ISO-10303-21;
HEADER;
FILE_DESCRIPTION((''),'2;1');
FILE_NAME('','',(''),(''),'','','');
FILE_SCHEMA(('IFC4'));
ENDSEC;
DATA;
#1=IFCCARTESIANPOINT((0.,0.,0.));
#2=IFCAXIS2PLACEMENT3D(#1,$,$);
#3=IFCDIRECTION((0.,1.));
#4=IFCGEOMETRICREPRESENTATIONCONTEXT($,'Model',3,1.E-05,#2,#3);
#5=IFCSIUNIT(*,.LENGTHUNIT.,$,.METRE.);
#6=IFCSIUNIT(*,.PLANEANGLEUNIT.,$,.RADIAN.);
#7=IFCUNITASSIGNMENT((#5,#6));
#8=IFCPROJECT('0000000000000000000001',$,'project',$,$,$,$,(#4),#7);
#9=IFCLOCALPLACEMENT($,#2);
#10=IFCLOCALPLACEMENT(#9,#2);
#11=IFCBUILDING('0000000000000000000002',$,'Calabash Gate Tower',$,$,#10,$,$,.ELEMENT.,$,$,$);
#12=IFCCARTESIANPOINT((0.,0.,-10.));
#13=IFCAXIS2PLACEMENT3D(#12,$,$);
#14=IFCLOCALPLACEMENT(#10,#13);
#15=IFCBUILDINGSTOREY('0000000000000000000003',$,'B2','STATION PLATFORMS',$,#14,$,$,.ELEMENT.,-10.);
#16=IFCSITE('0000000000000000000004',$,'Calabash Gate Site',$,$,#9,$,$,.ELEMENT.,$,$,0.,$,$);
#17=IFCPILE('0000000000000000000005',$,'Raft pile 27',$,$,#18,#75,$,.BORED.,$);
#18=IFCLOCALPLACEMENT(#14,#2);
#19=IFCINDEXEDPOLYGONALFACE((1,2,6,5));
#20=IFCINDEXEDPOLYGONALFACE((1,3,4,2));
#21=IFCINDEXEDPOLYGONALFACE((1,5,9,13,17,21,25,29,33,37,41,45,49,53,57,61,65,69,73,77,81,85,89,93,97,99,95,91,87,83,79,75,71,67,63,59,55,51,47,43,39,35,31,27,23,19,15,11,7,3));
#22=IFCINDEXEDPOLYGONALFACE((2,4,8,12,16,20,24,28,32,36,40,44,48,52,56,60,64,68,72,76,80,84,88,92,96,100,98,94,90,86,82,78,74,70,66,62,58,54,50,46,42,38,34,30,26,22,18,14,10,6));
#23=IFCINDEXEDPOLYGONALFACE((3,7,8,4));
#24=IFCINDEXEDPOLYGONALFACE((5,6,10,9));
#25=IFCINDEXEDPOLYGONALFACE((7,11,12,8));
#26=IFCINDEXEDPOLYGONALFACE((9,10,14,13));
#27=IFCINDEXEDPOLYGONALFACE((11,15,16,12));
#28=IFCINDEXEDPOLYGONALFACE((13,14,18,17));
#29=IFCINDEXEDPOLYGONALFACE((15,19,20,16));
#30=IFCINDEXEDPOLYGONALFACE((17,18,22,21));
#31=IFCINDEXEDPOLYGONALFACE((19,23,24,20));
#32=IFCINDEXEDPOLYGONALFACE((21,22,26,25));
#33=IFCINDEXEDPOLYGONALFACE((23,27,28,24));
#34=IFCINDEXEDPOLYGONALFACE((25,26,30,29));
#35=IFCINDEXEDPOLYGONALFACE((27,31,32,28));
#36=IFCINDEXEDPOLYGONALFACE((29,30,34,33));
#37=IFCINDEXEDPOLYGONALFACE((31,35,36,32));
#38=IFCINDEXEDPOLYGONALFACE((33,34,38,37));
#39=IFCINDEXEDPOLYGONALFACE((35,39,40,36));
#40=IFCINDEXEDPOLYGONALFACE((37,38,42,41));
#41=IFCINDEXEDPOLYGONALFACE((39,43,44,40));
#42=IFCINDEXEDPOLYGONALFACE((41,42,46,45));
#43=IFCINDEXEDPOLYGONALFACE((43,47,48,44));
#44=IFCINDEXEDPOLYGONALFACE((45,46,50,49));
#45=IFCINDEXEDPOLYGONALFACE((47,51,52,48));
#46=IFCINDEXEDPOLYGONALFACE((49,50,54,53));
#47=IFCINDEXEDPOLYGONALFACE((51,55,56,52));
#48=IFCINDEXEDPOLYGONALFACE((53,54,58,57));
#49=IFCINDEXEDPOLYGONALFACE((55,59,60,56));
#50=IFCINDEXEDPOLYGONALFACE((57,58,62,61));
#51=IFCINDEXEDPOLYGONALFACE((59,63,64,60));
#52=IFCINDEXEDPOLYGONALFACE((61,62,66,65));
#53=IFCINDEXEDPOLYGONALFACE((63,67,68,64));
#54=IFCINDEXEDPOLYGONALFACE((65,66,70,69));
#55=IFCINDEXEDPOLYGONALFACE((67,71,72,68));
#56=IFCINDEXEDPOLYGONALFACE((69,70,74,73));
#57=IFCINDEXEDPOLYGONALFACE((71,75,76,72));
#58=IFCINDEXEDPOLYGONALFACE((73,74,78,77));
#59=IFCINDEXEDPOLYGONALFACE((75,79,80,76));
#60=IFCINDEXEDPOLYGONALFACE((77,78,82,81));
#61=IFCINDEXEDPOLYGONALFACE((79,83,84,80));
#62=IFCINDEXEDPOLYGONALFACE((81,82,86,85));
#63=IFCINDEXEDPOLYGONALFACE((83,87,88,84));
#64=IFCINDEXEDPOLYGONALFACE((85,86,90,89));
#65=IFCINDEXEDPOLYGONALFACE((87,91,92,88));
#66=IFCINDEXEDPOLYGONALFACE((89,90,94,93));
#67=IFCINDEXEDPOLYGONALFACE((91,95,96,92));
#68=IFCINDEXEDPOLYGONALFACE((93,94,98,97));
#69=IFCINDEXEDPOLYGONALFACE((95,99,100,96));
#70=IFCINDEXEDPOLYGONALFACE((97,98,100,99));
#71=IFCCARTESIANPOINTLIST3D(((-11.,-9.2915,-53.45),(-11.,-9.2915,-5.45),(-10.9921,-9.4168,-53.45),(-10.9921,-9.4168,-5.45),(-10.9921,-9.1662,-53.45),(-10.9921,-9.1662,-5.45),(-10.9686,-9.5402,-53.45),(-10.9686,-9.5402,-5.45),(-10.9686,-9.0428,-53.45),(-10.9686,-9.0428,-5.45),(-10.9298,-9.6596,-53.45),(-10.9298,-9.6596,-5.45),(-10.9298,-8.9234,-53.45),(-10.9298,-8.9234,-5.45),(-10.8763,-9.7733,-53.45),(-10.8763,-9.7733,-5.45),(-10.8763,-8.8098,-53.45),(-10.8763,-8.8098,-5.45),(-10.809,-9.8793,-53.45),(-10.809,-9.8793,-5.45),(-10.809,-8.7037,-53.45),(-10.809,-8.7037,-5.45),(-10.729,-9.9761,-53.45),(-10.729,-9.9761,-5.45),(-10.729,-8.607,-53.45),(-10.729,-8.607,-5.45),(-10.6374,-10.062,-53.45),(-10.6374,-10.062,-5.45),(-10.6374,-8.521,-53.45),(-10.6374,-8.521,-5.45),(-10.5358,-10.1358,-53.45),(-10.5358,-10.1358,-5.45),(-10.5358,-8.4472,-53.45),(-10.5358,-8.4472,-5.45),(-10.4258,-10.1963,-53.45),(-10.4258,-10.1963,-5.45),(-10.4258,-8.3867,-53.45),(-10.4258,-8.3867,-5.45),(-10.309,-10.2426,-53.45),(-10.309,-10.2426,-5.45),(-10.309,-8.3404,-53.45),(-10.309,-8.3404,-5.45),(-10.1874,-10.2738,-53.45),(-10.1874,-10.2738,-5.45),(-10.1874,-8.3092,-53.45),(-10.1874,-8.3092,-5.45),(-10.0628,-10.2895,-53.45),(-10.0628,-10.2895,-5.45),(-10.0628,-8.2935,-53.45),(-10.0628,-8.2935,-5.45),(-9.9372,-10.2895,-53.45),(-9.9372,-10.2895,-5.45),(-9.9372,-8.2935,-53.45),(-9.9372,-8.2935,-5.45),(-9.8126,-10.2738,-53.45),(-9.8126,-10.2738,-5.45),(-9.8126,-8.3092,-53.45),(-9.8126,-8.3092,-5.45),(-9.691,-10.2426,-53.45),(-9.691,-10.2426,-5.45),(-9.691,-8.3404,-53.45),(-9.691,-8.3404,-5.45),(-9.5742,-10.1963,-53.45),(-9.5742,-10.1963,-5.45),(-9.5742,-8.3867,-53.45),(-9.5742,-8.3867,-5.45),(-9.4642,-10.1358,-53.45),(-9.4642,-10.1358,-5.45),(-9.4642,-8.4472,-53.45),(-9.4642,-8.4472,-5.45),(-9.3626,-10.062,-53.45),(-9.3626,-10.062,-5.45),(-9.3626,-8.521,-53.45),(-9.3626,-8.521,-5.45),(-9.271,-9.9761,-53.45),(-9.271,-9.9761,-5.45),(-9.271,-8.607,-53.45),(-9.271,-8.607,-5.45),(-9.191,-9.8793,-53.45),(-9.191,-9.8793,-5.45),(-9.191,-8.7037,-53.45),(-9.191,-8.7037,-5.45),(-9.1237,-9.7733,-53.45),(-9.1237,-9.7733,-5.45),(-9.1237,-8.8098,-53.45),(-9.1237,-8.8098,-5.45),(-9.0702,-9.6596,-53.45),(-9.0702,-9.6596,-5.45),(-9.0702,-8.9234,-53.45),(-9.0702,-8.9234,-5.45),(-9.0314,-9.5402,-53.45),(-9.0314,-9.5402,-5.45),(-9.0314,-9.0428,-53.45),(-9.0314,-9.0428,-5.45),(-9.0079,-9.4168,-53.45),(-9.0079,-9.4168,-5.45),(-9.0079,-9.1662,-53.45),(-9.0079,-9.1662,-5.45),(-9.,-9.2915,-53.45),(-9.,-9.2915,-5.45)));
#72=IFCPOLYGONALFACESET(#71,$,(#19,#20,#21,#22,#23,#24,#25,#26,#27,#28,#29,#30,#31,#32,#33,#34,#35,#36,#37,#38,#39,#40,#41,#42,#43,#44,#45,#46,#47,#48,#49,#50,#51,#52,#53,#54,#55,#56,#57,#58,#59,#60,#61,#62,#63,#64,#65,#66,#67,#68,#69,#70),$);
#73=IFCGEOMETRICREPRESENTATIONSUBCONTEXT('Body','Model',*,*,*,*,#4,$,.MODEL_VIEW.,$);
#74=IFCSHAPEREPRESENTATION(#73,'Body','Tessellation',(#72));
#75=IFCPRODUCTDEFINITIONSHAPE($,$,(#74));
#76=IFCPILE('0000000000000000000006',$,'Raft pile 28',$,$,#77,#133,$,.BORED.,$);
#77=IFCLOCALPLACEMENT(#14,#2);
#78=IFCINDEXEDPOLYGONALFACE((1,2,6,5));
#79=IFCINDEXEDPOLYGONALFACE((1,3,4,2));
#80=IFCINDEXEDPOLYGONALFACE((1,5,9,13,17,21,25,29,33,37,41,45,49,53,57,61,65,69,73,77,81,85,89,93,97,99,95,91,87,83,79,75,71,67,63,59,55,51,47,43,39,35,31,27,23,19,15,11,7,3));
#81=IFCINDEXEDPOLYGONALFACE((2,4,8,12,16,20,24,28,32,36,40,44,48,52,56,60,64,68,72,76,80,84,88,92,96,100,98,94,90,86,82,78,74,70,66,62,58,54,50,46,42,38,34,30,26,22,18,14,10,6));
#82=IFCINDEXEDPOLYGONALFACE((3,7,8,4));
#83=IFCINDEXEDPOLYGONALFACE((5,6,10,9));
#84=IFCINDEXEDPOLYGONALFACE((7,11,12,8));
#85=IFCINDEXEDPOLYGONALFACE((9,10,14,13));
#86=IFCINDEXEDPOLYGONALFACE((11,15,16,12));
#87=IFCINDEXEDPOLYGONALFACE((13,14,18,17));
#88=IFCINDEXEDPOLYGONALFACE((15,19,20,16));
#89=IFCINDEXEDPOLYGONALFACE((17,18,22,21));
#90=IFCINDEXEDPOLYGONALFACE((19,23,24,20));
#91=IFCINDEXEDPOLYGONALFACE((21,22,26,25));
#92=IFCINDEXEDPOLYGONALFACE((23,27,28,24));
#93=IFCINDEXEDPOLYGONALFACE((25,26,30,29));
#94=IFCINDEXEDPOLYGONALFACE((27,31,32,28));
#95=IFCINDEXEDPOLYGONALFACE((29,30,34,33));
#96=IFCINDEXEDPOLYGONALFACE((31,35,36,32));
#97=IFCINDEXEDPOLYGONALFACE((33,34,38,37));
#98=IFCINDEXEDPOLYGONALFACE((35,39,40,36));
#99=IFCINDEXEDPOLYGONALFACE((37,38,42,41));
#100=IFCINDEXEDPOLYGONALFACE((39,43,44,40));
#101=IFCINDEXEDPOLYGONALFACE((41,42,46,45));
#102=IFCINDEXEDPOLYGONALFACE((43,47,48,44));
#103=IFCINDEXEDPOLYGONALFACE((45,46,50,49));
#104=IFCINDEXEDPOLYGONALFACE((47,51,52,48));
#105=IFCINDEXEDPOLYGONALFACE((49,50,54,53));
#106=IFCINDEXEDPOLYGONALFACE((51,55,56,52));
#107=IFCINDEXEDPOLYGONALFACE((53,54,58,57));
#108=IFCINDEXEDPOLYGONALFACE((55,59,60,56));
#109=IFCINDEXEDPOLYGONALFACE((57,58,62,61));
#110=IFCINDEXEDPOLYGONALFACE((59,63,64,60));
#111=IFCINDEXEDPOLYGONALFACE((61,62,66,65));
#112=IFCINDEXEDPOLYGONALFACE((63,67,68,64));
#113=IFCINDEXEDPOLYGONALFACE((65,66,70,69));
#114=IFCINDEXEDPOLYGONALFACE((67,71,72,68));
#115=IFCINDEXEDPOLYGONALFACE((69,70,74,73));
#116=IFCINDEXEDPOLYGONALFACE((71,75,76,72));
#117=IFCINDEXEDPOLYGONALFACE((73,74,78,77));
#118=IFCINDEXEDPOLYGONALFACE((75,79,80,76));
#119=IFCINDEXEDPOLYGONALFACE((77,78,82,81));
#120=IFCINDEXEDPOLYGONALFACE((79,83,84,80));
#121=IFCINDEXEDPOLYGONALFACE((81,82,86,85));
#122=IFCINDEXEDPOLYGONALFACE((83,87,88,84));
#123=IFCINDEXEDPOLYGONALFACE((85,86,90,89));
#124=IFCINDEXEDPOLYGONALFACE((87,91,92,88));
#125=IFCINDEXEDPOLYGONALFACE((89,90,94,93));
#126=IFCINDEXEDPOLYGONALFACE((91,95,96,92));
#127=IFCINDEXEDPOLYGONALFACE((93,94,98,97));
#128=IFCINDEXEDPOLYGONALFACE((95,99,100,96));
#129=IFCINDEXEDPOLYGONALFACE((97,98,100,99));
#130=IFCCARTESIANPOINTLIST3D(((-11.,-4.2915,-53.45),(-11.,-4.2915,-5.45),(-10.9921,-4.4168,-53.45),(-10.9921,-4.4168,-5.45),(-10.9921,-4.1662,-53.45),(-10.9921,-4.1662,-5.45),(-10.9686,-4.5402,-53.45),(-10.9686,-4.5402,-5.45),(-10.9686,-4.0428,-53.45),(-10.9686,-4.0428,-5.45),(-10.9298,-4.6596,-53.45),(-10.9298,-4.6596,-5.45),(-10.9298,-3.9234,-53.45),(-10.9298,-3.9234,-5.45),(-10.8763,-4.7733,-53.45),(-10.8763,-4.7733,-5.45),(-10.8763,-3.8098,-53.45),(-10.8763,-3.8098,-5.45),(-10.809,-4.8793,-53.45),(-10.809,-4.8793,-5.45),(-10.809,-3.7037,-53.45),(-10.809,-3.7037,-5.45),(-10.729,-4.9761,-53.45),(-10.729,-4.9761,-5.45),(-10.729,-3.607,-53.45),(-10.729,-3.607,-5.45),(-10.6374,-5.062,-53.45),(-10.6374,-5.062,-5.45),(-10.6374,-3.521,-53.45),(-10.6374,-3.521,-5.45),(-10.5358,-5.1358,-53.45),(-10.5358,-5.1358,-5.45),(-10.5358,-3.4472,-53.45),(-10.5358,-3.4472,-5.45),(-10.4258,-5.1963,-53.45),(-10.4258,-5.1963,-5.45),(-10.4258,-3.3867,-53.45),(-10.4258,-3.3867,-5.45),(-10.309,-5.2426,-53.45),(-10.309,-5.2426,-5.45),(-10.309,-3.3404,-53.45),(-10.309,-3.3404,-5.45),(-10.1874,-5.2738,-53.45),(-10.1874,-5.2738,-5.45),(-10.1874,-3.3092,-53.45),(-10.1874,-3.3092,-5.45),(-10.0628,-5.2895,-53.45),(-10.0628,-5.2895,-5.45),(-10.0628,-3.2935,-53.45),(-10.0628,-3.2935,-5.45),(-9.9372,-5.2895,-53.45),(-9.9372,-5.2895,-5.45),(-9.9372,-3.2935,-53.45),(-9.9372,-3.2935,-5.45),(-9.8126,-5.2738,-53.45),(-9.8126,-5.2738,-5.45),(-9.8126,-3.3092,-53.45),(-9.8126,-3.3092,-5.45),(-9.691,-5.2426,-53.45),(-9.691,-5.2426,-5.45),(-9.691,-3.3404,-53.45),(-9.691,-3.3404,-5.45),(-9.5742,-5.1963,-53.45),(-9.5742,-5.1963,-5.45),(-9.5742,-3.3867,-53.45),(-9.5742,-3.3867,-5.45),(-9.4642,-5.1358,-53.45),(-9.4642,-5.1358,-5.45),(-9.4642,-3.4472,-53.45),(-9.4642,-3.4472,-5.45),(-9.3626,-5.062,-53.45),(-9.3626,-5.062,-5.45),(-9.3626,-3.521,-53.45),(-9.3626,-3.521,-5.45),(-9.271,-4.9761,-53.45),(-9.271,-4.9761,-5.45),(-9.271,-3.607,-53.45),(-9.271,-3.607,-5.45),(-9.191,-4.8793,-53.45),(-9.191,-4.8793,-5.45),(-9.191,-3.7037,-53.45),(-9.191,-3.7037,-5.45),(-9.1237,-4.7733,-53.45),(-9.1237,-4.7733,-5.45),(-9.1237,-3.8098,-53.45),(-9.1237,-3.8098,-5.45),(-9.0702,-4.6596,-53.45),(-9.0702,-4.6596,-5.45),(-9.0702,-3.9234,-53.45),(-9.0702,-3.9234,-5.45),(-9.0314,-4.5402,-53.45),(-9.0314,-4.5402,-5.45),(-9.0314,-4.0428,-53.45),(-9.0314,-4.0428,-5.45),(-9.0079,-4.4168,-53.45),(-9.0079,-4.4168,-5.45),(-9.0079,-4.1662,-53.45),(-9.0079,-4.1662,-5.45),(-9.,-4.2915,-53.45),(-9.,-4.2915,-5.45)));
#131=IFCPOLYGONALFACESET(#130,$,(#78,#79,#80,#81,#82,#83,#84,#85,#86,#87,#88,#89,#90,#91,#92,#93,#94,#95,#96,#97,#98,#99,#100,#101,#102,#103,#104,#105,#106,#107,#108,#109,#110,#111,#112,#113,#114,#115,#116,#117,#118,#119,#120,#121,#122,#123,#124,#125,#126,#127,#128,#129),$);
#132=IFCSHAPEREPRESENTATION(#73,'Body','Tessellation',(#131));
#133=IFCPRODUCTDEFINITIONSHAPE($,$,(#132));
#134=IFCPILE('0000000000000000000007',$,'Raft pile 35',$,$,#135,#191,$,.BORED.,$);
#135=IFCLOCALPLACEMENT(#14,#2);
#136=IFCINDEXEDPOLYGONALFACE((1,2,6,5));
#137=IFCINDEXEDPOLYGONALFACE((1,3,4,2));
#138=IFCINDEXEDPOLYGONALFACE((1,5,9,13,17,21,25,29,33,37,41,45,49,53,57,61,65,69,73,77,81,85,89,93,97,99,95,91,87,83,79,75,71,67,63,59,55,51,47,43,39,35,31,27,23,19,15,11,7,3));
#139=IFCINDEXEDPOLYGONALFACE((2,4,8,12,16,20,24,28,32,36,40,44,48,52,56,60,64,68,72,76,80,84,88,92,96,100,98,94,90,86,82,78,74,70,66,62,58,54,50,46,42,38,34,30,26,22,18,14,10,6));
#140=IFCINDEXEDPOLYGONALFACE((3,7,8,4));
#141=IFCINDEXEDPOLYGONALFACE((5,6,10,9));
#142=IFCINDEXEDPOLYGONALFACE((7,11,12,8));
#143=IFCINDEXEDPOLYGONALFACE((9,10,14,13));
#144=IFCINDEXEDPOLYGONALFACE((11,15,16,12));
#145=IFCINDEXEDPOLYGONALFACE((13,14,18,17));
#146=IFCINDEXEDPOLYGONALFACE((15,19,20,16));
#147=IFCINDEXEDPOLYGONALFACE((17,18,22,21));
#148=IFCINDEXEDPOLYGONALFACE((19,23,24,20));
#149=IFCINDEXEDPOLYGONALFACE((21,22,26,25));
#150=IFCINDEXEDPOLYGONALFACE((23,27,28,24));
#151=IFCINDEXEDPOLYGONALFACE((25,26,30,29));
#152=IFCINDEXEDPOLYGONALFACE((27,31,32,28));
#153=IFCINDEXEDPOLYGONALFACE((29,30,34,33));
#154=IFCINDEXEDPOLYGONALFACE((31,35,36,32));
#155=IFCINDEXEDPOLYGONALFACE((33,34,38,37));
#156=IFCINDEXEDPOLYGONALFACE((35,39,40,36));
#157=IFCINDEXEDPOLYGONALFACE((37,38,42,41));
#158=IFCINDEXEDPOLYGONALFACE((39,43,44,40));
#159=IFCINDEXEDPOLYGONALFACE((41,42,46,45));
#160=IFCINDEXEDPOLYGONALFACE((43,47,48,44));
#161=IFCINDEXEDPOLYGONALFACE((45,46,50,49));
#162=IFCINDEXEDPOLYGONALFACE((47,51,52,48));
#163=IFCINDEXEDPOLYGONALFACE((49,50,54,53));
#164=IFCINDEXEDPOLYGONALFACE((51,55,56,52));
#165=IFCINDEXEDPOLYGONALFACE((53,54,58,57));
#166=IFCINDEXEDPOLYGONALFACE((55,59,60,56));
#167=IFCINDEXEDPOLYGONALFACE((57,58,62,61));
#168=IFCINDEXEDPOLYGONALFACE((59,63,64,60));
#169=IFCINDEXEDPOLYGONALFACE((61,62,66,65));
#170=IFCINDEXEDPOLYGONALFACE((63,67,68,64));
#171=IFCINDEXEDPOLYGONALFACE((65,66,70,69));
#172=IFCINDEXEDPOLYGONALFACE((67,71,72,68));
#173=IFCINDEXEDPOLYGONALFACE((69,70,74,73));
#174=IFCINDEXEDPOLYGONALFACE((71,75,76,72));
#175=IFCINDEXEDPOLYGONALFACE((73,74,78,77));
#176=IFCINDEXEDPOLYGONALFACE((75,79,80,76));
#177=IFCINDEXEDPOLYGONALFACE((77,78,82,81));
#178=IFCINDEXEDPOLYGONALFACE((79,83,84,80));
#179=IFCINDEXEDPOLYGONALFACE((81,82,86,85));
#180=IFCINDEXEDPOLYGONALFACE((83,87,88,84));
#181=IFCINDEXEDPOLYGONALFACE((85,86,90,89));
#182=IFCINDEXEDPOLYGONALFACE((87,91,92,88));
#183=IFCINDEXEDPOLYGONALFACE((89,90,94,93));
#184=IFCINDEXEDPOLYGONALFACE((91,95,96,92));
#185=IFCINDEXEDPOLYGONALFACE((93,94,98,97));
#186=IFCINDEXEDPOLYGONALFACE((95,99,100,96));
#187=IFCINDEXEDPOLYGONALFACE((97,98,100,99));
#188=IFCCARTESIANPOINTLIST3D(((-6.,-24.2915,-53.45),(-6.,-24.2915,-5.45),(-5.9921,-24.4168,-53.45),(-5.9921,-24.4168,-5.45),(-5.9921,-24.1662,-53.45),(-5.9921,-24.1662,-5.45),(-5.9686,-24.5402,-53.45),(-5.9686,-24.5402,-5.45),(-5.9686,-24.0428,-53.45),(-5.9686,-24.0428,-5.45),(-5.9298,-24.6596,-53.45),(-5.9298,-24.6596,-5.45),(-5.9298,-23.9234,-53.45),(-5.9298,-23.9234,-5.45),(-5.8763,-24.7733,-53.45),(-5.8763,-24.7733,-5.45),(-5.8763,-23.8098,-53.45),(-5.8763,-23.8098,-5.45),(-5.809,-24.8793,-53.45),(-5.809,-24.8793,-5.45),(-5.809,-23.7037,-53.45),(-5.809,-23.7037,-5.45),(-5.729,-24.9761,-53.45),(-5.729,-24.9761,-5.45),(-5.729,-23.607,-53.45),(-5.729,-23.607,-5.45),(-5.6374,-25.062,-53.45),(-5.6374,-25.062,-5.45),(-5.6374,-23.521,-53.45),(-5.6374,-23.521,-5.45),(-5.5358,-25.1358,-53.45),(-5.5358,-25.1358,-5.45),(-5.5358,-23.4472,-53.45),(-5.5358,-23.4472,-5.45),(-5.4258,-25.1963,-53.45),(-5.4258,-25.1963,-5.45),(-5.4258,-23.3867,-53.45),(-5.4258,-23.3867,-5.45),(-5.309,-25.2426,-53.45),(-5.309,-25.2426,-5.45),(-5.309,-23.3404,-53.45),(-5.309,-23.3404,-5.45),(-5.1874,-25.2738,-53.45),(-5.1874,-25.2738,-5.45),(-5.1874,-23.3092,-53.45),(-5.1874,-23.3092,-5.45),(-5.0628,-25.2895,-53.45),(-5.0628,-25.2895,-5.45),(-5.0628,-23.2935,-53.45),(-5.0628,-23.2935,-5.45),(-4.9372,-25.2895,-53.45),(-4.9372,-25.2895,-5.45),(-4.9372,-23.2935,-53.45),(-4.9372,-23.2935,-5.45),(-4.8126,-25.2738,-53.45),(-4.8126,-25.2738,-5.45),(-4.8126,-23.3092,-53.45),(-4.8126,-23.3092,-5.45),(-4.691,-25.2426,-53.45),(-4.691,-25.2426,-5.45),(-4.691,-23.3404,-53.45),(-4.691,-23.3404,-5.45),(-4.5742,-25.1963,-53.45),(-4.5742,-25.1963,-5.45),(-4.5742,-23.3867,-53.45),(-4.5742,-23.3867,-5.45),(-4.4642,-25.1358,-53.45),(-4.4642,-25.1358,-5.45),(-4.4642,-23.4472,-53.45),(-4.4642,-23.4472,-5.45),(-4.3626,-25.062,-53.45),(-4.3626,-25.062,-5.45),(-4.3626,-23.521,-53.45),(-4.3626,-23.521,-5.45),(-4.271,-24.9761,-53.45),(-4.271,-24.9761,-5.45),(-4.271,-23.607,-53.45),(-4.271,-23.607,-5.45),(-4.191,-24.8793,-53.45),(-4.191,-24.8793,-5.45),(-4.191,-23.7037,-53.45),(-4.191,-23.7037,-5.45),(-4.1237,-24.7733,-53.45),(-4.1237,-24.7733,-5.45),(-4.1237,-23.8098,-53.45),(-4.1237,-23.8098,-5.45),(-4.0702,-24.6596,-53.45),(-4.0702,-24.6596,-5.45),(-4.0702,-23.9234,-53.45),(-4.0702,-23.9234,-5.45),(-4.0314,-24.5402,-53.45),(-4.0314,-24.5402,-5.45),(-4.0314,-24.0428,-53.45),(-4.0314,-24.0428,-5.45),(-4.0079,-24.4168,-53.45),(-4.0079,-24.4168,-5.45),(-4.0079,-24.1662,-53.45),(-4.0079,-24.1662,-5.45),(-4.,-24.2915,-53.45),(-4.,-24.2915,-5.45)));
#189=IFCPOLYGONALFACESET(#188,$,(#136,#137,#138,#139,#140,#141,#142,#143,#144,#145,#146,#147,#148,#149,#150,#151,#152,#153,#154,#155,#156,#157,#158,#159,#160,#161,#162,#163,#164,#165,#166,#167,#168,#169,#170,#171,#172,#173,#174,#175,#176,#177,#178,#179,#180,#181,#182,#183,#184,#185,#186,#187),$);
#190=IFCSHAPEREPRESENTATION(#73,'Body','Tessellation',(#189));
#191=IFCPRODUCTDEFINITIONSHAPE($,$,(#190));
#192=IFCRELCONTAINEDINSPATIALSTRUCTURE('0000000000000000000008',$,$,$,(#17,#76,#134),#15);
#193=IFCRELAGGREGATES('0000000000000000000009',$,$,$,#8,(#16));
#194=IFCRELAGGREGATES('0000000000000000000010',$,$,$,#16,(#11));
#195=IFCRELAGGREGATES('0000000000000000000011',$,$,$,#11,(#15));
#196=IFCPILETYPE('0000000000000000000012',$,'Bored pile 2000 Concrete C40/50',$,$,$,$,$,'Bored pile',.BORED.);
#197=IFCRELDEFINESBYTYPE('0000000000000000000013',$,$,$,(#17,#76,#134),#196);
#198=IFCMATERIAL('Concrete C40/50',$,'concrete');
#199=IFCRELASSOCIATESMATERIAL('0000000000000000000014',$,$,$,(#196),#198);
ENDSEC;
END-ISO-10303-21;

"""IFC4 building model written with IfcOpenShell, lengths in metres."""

from ifc_helpers import new_model, si_unit, direction, frame, origin, origin_2d, place, context, subcontext, project, spatial, circle, extrude, material, material_profile, profile_set, type_object, element, save


model = new_model("IFC4")

# Units and contexts
model_context = context("Model", 3, precision=1e-05, world=origin(), true_north=direction((0.0, 1.0)))
body_context = subcontext(model_context, "Body", "Model", "MODEL_VIEW")
ifc_project = project(units=[si_unit("LENGTHUNIT", "METRE"), si_unit("PLANEANGLEUNIT", "RADIAN")], contexts=[model_context])

# Site, building, storey
site_placement = place(None, origin())
site = spatial("IfcSite", under=ifc_project, at=site_placement, Name="Calabash Gate Site", CompositionType="ELEMENT", RefElevation=0.0)
building_placement = place(site_placement, origin())
building = spatial("IfcBuilding", under=site, at=building_placement, Name="Calabash Gate Tower", CompositionType="ELEMENT")
storey_placement = place(building_placement, frame((0.0, 0.0, -10.0)))
storey = spatial("IfcBuildingStorey", under=building, at=storey_placement, Name="B2", Description="STATION PLATFORMS", CompositionType="ELEMENT", Elevation=-10.0)

# Piles
ifc_material_1 = material(Name="Concrete C40/50", Category="concrete")
ifc_material_profile_1 = material_profile(ifc_material_1, circle(Radius=1.0, at=origin_2d()))
ifc_profile_set_1 = profile_set([ifc_material_profile_1], Name="Concrete C40/50")
pile_type_1 = type_object("IfcPileType", Name="Bored pile 2000 Concrete C40/50", ElementType="Bored pile", PredefinedType="BORED", material=ifc_profile_set_1)
for number, where, z_axis, x_axis, name in (
    (1, (-10.0, -9.2915, -5.45), (0.0, 0.0, -1.0), (1.0, 0.0, 0.0), "Raft pile 27"),
    (2, (-10.0, -4.2915, -5.45), (0.0, 0.0, -1.0), (1.0, 0.0, 0.0), "Raft pile 28"),
    (3, (-5.0, -24.2915, -5.45), (0.0, 0.0, -1.0), (1.0, 0.0, 0.0), "Raft pile 35"),
):
    element("IfcPile", number, at=place(storey_placement, frame(where, z_axis=z_axis, x_axis=x_axis)), inside=storey, type_object=pile_type_1, Name=name, PredefinedType="BORED", context=body_context, shape_type="SweptSolid", body=[
        extrude(circle(Radius=1.0, at=origin_2d()), origin(), (0.0, 0.0, 1.0), 48.0),
    ])

save(model, "model.ifc")
